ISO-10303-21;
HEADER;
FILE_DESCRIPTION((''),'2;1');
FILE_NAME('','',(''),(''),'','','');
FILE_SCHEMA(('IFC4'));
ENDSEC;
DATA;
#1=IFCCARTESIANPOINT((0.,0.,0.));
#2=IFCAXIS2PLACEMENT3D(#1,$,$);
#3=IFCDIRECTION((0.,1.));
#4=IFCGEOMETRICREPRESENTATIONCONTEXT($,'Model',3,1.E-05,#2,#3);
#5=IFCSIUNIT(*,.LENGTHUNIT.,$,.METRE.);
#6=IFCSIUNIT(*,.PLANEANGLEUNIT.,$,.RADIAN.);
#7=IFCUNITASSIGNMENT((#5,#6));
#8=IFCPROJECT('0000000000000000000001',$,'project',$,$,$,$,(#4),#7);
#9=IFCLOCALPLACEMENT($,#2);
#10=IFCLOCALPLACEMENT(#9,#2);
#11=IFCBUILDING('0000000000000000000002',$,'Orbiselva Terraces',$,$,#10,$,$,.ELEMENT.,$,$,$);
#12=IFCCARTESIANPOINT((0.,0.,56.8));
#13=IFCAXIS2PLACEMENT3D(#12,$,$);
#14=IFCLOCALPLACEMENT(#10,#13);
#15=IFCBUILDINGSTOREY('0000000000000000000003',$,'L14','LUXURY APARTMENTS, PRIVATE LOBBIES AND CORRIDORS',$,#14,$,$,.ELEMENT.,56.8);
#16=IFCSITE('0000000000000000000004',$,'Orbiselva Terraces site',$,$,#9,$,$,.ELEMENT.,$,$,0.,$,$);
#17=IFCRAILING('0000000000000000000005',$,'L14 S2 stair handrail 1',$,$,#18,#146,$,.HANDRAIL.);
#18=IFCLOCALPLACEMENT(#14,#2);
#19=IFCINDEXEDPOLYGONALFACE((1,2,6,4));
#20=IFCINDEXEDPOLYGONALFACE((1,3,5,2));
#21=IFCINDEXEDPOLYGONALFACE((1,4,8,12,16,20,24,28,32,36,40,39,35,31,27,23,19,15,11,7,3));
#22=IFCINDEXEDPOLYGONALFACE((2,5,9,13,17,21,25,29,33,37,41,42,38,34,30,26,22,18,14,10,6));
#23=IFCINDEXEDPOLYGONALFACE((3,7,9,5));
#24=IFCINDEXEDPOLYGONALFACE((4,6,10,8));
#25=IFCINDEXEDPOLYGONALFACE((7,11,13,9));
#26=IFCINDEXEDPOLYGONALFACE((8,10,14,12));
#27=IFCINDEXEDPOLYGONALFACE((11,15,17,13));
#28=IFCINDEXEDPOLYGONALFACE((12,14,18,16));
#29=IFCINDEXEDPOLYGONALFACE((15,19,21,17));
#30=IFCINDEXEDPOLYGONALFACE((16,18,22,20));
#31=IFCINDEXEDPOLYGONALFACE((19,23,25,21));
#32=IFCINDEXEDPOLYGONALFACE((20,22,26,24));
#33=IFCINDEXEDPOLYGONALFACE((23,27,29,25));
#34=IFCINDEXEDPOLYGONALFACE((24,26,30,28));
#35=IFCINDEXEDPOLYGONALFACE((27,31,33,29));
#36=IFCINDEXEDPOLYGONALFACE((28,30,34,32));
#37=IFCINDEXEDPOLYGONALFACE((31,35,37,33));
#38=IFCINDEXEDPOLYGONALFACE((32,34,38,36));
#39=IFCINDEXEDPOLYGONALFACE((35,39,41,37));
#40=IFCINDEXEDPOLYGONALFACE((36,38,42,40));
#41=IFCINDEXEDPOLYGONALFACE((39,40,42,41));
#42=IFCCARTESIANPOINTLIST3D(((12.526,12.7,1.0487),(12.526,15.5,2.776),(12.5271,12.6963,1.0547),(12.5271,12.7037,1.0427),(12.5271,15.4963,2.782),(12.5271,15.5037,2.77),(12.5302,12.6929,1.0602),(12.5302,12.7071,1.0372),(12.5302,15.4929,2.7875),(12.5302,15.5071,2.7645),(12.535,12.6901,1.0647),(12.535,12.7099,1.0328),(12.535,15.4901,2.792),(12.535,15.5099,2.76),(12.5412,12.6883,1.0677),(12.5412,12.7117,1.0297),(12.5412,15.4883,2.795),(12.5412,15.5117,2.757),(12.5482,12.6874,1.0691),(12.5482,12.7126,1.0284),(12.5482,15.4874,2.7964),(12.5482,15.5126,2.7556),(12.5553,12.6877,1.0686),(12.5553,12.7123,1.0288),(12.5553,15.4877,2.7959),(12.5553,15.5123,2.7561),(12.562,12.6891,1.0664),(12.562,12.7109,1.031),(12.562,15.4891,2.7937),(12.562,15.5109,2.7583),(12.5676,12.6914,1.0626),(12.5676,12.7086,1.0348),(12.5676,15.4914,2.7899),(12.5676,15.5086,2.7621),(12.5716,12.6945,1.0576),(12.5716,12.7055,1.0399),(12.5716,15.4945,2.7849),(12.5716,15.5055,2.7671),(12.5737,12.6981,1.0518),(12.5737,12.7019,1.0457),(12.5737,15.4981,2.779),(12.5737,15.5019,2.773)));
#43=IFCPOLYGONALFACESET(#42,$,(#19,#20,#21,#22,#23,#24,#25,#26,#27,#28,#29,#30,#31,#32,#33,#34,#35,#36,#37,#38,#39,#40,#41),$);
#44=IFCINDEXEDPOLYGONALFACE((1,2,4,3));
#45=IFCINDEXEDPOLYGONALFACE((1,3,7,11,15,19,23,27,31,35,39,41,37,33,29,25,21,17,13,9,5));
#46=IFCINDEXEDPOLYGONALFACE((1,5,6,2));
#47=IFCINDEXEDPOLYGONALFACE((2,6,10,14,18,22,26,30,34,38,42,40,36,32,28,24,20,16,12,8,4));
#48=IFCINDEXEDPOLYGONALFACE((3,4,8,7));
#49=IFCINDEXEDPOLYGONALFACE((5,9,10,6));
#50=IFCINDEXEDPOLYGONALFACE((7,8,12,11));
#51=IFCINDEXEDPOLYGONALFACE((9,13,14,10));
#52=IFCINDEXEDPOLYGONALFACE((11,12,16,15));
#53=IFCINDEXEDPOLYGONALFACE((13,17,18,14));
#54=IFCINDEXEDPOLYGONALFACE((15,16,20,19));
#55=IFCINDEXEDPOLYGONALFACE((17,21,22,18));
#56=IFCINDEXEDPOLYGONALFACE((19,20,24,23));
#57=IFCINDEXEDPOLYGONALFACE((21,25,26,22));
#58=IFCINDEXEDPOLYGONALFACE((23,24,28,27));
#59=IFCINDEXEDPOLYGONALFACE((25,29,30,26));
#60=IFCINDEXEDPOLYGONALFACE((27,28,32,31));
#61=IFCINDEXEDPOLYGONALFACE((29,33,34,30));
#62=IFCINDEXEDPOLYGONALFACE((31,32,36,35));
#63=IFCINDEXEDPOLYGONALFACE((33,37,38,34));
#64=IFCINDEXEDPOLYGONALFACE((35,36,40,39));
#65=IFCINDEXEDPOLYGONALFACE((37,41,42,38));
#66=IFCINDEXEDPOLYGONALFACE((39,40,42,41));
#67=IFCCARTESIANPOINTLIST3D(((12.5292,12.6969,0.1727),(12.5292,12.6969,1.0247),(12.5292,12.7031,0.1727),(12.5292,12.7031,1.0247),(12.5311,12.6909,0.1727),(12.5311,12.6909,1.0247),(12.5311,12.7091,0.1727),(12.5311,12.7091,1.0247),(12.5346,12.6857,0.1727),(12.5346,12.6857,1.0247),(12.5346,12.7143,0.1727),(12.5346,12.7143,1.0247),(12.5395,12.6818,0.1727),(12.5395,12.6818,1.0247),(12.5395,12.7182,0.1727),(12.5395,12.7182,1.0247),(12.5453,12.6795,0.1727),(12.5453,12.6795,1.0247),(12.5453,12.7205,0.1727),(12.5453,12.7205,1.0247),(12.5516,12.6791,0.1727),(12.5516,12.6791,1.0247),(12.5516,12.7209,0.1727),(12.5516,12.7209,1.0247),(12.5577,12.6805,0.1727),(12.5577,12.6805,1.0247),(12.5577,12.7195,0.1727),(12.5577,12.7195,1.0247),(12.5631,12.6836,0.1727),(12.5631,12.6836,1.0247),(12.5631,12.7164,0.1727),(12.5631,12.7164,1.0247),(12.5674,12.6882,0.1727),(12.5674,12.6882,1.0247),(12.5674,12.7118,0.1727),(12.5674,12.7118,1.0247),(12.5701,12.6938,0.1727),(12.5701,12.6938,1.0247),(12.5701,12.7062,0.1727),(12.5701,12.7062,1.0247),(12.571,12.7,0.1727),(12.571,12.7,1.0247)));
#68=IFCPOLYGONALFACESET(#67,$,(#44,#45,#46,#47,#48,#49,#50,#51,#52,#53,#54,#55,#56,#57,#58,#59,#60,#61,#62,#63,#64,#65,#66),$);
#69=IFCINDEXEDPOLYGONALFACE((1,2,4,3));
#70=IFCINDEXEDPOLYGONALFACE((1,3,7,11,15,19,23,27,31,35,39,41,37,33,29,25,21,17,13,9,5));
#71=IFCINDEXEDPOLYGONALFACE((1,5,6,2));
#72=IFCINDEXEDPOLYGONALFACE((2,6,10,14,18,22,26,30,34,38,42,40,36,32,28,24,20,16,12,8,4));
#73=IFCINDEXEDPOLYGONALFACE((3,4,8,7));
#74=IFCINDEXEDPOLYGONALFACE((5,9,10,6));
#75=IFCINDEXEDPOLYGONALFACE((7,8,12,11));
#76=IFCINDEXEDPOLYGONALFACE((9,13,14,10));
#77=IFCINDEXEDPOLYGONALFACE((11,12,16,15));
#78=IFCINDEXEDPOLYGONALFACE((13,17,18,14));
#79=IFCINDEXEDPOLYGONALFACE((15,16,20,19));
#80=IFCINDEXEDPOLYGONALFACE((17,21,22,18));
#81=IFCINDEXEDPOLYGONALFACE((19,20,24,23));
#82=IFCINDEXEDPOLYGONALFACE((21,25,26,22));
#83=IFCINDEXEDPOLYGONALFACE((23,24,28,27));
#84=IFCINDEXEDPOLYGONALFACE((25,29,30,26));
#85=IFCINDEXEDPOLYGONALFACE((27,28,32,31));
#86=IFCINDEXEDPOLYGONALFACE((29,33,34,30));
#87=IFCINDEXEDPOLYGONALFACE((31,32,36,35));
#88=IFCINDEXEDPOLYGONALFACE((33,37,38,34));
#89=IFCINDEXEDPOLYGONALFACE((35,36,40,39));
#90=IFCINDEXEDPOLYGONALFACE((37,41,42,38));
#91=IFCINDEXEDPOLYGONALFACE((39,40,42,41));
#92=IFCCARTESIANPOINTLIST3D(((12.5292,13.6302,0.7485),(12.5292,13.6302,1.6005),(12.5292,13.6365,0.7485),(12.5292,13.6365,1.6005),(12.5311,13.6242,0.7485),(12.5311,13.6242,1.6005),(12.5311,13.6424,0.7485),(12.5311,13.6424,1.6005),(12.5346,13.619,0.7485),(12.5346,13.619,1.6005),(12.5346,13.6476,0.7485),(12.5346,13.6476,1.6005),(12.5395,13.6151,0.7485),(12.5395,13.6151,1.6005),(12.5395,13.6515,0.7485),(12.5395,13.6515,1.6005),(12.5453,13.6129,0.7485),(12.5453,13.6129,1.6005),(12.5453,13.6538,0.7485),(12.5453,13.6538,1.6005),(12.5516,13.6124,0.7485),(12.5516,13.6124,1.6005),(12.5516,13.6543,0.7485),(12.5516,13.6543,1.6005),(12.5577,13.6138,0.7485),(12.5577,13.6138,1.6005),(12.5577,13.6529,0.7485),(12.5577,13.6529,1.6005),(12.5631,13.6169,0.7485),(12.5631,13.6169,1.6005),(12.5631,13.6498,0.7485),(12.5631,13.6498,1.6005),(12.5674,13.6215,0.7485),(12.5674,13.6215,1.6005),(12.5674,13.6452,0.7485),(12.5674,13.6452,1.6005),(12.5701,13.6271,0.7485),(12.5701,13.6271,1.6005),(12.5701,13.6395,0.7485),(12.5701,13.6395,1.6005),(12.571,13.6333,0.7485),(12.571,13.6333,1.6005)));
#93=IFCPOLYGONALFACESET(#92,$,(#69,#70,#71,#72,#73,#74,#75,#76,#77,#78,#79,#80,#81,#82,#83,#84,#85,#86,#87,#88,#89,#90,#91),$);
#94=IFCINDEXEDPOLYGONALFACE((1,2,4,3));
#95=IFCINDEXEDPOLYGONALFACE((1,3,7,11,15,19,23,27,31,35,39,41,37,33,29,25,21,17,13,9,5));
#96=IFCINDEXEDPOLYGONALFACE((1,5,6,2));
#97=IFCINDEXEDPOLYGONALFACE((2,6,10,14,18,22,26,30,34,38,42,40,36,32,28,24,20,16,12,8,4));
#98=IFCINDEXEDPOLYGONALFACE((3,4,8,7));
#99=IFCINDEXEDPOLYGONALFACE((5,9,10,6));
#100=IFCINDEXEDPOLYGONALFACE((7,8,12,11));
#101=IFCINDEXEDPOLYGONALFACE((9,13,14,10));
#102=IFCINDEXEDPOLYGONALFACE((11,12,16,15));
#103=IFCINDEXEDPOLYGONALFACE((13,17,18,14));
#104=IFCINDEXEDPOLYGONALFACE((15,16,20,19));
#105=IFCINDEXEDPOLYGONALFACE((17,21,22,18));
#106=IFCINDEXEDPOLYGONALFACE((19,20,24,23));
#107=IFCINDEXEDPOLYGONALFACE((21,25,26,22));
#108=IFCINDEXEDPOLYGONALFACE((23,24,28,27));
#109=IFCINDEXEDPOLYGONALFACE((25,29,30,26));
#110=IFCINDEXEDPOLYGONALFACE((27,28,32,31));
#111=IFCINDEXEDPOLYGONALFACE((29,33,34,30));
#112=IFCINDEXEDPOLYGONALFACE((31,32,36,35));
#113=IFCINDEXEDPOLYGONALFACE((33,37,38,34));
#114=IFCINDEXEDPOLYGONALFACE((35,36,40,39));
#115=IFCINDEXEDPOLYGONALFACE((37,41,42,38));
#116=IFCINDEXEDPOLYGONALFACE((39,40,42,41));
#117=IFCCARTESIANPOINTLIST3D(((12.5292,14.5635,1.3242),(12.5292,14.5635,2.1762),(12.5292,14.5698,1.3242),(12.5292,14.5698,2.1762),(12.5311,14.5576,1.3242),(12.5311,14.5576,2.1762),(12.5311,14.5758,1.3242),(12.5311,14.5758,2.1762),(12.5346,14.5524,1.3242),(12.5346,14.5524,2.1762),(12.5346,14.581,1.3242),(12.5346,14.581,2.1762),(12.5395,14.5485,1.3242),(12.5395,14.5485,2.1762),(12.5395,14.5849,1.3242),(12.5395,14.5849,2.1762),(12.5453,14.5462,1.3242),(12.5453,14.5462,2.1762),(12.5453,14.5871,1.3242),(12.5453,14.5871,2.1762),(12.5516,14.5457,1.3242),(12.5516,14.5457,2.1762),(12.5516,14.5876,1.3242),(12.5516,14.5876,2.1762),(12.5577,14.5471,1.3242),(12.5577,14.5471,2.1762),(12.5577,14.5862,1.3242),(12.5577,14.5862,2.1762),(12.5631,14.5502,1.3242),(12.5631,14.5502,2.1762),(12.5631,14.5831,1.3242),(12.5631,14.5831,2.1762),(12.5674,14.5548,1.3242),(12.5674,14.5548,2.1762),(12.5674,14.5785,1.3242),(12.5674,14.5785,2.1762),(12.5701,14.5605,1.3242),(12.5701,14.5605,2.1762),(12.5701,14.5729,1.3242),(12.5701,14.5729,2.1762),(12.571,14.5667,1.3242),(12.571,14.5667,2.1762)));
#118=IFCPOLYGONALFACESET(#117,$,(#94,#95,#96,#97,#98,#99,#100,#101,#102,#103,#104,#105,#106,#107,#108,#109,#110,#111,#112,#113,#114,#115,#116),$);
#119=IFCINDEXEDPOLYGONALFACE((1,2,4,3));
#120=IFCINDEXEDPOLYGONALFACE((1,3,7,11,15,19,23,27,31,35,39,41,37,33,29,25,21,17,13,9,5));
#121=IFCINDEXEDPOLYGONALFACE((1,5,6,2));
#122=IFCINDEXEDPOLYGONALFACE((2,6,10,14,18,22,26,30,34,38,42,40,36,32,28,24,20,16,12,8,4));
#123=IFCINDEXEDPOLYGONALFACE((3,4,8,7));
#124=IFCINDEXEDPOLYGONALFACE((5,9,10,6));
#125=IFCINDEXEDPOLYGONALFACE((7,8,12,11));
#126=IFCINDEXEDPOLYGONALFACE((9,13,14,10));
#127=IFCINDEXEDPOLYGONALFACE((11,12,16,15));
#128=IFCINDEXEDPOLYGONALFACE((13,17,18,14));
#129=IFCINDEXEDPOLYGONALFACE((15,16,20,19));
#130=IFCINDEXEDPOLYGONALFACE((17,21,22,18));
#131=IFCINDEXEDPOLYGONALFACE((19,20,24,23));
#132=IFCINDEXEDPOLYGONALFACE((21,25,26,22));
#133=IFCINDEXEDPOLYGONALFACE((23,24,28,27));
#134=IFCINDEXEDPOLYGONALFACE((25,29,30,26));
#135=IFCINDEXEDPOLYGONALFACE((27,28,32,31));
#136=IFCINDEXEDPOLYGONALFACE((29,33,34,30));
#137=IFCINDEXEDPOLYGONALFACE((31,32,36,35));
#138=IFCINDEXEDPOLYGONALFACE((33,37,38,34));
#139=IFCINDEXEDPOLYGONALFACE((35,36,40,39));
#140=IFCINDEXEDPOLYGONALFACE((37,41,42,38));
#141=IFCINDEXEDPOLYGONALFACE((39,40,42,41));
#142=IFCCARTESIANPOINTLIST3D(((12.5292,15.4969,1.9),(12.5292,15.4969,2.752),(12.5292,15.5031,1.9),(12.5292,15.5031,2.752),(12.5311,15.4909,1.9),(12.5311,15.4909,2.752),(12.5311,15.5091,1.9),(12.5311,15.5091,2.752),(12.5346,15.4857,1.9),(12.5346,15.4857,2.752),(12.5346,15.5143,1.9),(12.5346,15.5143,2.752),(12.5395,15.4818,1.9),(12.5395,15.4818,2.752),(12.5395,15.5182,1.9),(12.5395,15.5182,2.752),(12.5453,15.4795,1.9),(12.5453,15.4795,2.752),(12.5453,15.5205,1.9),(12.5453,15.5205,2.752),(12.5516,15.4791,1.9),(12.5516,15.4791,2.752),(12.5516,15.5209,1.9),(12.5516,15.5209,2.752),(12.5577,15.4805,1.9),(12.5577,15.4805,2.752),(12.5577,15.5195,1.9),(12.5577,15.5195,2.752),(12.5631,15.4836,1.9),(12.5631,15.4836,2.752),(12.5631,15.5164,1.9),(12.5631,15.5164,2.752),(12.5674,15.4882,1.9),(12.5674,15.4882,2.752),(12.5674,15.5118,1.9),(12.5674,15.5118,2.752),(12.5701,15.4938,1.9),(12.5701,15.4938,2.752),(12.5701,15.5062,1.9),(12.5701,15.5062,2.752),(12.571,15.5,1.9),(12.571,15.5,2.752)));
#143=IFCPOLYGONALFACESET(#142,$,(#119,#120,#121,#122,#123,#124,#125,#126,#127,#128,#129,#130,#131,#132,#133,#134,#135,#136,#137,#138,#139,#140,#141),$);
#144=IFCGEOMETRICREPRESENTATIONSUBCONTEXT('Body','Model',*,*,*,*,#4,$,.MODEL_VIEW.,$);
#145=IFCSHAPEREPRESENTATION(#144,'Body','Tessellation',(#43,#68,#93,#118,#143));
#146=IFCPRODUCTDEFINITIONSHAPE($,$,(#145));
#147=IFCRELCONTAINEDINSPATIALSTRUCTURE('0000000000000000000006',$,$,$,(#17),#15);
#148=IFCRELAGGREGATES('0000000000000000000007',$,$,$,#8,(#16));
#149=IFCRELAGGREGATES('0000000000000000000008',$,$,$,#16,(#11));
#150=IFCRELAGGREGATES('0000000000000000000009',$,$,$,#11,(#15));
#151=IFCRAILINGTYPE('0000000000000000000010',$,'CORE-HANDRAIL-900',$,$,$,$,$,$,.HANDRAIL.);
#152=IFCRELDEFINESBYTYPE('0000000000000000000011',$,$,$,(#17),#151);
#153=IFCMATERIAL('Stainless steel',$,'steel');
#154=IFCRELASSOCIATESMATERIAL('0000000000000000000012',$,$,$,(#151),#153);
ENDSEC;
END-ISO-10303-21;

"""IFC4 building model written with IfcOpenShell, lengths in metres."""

from ifc_helpers import new_model, si_unit, direction, frame, origin, origin_2d, place, context, subcontext, project, spatial, circle, extrude, material, type_object, element, save


model = new_model("IFC4")

# Units and contexts
model_context = context("Model", 3, precision=1e-05, world=origin(), true_north=direction((0.0, 1.0)))
body_context = subcontext(model_context, "Body", "Model", "MODEL_VIEW")
ifc_project = project(units=[si_unit("LENGTHUNIT", "METRE"), si_unit("PLANEANGLEUNIT", "RADIAN")], contexts=[model_context])

# Site, building, storey
site_placement = place(None, origin())
site = spatial("IfcSite", under=ifc_project, at=site_placement, Name="Orbiselva Terraces site", CompositionType="ELEMENT", RefElevation=0.0)
building_placement = place(site_placement, origin())
building = spatial("IfcBuilding", under=site, at=building_placement, Name="Orbiselva Terraces", CompositionType="ELEMENT")
storey_placement = place(building_placement, frame((0.0, 0.0, 56.8)))
storey = spatial("IfcBuildingStorey", under=building, at=storey_placement, Name="L14", Description="LUXURY APARTMENTS, PRIVATE LOBBIES AND CORRIDORS", CompositionType="ELEMENT", Elevation=56.8)

# Railing
ifc_material_1 = material(Name="Stainless steel", Category="steel")
railing_type_1 = type_object("IfcRailingType", Name="CORE-HANDRAIL-900", PredefinedType="HANDRAIL", material=ifc_material_1)
railing_1_placement = place(storey_placement, frame((12.55, 12.7, 0.1727)))
element("IfcRailing", 1, at=railing_1_placement, inside=storey, type_object=railing_type_1, Name="L14 S2 stair handrail 1", PredefinedType="HANDRAIL", context=body_context, shape_type="SweptSolid", body=[
    extrude(circle(Radius=0.024, at=origin_2d()), frame((0.0, 0.0, 0.876), z_axis=(0.0, 0.851089, 0.525022), x_axis=(-1.0, 0.0, 0.0)), (0.0, 0.0, 1.0), 3.2899),
    extrude(circle(Radius=0.021, at=origin_2d()), origin(), (0.0, 0.0, 1.0), 0.852),
    extrude(circle(Radius=0.021, at=origin_2d()), frame((0.0, 0.9333, 0.5758)), (0.0, 0.0, 1.0), 0.852),
    extrude(circle(Radius=0.021, at=origin_2d()), frame((0.0, 1.8667, 1.1515)), (0.0, 0.0, 1.0), 0.852),
    extrude(circle(Radius=0.021, at=origin_2d()), frame((0.0, 2.8, 1.7273)), (0.0, 0.0, 1.0), 0.852),
])

save(model, "model.ifc")
